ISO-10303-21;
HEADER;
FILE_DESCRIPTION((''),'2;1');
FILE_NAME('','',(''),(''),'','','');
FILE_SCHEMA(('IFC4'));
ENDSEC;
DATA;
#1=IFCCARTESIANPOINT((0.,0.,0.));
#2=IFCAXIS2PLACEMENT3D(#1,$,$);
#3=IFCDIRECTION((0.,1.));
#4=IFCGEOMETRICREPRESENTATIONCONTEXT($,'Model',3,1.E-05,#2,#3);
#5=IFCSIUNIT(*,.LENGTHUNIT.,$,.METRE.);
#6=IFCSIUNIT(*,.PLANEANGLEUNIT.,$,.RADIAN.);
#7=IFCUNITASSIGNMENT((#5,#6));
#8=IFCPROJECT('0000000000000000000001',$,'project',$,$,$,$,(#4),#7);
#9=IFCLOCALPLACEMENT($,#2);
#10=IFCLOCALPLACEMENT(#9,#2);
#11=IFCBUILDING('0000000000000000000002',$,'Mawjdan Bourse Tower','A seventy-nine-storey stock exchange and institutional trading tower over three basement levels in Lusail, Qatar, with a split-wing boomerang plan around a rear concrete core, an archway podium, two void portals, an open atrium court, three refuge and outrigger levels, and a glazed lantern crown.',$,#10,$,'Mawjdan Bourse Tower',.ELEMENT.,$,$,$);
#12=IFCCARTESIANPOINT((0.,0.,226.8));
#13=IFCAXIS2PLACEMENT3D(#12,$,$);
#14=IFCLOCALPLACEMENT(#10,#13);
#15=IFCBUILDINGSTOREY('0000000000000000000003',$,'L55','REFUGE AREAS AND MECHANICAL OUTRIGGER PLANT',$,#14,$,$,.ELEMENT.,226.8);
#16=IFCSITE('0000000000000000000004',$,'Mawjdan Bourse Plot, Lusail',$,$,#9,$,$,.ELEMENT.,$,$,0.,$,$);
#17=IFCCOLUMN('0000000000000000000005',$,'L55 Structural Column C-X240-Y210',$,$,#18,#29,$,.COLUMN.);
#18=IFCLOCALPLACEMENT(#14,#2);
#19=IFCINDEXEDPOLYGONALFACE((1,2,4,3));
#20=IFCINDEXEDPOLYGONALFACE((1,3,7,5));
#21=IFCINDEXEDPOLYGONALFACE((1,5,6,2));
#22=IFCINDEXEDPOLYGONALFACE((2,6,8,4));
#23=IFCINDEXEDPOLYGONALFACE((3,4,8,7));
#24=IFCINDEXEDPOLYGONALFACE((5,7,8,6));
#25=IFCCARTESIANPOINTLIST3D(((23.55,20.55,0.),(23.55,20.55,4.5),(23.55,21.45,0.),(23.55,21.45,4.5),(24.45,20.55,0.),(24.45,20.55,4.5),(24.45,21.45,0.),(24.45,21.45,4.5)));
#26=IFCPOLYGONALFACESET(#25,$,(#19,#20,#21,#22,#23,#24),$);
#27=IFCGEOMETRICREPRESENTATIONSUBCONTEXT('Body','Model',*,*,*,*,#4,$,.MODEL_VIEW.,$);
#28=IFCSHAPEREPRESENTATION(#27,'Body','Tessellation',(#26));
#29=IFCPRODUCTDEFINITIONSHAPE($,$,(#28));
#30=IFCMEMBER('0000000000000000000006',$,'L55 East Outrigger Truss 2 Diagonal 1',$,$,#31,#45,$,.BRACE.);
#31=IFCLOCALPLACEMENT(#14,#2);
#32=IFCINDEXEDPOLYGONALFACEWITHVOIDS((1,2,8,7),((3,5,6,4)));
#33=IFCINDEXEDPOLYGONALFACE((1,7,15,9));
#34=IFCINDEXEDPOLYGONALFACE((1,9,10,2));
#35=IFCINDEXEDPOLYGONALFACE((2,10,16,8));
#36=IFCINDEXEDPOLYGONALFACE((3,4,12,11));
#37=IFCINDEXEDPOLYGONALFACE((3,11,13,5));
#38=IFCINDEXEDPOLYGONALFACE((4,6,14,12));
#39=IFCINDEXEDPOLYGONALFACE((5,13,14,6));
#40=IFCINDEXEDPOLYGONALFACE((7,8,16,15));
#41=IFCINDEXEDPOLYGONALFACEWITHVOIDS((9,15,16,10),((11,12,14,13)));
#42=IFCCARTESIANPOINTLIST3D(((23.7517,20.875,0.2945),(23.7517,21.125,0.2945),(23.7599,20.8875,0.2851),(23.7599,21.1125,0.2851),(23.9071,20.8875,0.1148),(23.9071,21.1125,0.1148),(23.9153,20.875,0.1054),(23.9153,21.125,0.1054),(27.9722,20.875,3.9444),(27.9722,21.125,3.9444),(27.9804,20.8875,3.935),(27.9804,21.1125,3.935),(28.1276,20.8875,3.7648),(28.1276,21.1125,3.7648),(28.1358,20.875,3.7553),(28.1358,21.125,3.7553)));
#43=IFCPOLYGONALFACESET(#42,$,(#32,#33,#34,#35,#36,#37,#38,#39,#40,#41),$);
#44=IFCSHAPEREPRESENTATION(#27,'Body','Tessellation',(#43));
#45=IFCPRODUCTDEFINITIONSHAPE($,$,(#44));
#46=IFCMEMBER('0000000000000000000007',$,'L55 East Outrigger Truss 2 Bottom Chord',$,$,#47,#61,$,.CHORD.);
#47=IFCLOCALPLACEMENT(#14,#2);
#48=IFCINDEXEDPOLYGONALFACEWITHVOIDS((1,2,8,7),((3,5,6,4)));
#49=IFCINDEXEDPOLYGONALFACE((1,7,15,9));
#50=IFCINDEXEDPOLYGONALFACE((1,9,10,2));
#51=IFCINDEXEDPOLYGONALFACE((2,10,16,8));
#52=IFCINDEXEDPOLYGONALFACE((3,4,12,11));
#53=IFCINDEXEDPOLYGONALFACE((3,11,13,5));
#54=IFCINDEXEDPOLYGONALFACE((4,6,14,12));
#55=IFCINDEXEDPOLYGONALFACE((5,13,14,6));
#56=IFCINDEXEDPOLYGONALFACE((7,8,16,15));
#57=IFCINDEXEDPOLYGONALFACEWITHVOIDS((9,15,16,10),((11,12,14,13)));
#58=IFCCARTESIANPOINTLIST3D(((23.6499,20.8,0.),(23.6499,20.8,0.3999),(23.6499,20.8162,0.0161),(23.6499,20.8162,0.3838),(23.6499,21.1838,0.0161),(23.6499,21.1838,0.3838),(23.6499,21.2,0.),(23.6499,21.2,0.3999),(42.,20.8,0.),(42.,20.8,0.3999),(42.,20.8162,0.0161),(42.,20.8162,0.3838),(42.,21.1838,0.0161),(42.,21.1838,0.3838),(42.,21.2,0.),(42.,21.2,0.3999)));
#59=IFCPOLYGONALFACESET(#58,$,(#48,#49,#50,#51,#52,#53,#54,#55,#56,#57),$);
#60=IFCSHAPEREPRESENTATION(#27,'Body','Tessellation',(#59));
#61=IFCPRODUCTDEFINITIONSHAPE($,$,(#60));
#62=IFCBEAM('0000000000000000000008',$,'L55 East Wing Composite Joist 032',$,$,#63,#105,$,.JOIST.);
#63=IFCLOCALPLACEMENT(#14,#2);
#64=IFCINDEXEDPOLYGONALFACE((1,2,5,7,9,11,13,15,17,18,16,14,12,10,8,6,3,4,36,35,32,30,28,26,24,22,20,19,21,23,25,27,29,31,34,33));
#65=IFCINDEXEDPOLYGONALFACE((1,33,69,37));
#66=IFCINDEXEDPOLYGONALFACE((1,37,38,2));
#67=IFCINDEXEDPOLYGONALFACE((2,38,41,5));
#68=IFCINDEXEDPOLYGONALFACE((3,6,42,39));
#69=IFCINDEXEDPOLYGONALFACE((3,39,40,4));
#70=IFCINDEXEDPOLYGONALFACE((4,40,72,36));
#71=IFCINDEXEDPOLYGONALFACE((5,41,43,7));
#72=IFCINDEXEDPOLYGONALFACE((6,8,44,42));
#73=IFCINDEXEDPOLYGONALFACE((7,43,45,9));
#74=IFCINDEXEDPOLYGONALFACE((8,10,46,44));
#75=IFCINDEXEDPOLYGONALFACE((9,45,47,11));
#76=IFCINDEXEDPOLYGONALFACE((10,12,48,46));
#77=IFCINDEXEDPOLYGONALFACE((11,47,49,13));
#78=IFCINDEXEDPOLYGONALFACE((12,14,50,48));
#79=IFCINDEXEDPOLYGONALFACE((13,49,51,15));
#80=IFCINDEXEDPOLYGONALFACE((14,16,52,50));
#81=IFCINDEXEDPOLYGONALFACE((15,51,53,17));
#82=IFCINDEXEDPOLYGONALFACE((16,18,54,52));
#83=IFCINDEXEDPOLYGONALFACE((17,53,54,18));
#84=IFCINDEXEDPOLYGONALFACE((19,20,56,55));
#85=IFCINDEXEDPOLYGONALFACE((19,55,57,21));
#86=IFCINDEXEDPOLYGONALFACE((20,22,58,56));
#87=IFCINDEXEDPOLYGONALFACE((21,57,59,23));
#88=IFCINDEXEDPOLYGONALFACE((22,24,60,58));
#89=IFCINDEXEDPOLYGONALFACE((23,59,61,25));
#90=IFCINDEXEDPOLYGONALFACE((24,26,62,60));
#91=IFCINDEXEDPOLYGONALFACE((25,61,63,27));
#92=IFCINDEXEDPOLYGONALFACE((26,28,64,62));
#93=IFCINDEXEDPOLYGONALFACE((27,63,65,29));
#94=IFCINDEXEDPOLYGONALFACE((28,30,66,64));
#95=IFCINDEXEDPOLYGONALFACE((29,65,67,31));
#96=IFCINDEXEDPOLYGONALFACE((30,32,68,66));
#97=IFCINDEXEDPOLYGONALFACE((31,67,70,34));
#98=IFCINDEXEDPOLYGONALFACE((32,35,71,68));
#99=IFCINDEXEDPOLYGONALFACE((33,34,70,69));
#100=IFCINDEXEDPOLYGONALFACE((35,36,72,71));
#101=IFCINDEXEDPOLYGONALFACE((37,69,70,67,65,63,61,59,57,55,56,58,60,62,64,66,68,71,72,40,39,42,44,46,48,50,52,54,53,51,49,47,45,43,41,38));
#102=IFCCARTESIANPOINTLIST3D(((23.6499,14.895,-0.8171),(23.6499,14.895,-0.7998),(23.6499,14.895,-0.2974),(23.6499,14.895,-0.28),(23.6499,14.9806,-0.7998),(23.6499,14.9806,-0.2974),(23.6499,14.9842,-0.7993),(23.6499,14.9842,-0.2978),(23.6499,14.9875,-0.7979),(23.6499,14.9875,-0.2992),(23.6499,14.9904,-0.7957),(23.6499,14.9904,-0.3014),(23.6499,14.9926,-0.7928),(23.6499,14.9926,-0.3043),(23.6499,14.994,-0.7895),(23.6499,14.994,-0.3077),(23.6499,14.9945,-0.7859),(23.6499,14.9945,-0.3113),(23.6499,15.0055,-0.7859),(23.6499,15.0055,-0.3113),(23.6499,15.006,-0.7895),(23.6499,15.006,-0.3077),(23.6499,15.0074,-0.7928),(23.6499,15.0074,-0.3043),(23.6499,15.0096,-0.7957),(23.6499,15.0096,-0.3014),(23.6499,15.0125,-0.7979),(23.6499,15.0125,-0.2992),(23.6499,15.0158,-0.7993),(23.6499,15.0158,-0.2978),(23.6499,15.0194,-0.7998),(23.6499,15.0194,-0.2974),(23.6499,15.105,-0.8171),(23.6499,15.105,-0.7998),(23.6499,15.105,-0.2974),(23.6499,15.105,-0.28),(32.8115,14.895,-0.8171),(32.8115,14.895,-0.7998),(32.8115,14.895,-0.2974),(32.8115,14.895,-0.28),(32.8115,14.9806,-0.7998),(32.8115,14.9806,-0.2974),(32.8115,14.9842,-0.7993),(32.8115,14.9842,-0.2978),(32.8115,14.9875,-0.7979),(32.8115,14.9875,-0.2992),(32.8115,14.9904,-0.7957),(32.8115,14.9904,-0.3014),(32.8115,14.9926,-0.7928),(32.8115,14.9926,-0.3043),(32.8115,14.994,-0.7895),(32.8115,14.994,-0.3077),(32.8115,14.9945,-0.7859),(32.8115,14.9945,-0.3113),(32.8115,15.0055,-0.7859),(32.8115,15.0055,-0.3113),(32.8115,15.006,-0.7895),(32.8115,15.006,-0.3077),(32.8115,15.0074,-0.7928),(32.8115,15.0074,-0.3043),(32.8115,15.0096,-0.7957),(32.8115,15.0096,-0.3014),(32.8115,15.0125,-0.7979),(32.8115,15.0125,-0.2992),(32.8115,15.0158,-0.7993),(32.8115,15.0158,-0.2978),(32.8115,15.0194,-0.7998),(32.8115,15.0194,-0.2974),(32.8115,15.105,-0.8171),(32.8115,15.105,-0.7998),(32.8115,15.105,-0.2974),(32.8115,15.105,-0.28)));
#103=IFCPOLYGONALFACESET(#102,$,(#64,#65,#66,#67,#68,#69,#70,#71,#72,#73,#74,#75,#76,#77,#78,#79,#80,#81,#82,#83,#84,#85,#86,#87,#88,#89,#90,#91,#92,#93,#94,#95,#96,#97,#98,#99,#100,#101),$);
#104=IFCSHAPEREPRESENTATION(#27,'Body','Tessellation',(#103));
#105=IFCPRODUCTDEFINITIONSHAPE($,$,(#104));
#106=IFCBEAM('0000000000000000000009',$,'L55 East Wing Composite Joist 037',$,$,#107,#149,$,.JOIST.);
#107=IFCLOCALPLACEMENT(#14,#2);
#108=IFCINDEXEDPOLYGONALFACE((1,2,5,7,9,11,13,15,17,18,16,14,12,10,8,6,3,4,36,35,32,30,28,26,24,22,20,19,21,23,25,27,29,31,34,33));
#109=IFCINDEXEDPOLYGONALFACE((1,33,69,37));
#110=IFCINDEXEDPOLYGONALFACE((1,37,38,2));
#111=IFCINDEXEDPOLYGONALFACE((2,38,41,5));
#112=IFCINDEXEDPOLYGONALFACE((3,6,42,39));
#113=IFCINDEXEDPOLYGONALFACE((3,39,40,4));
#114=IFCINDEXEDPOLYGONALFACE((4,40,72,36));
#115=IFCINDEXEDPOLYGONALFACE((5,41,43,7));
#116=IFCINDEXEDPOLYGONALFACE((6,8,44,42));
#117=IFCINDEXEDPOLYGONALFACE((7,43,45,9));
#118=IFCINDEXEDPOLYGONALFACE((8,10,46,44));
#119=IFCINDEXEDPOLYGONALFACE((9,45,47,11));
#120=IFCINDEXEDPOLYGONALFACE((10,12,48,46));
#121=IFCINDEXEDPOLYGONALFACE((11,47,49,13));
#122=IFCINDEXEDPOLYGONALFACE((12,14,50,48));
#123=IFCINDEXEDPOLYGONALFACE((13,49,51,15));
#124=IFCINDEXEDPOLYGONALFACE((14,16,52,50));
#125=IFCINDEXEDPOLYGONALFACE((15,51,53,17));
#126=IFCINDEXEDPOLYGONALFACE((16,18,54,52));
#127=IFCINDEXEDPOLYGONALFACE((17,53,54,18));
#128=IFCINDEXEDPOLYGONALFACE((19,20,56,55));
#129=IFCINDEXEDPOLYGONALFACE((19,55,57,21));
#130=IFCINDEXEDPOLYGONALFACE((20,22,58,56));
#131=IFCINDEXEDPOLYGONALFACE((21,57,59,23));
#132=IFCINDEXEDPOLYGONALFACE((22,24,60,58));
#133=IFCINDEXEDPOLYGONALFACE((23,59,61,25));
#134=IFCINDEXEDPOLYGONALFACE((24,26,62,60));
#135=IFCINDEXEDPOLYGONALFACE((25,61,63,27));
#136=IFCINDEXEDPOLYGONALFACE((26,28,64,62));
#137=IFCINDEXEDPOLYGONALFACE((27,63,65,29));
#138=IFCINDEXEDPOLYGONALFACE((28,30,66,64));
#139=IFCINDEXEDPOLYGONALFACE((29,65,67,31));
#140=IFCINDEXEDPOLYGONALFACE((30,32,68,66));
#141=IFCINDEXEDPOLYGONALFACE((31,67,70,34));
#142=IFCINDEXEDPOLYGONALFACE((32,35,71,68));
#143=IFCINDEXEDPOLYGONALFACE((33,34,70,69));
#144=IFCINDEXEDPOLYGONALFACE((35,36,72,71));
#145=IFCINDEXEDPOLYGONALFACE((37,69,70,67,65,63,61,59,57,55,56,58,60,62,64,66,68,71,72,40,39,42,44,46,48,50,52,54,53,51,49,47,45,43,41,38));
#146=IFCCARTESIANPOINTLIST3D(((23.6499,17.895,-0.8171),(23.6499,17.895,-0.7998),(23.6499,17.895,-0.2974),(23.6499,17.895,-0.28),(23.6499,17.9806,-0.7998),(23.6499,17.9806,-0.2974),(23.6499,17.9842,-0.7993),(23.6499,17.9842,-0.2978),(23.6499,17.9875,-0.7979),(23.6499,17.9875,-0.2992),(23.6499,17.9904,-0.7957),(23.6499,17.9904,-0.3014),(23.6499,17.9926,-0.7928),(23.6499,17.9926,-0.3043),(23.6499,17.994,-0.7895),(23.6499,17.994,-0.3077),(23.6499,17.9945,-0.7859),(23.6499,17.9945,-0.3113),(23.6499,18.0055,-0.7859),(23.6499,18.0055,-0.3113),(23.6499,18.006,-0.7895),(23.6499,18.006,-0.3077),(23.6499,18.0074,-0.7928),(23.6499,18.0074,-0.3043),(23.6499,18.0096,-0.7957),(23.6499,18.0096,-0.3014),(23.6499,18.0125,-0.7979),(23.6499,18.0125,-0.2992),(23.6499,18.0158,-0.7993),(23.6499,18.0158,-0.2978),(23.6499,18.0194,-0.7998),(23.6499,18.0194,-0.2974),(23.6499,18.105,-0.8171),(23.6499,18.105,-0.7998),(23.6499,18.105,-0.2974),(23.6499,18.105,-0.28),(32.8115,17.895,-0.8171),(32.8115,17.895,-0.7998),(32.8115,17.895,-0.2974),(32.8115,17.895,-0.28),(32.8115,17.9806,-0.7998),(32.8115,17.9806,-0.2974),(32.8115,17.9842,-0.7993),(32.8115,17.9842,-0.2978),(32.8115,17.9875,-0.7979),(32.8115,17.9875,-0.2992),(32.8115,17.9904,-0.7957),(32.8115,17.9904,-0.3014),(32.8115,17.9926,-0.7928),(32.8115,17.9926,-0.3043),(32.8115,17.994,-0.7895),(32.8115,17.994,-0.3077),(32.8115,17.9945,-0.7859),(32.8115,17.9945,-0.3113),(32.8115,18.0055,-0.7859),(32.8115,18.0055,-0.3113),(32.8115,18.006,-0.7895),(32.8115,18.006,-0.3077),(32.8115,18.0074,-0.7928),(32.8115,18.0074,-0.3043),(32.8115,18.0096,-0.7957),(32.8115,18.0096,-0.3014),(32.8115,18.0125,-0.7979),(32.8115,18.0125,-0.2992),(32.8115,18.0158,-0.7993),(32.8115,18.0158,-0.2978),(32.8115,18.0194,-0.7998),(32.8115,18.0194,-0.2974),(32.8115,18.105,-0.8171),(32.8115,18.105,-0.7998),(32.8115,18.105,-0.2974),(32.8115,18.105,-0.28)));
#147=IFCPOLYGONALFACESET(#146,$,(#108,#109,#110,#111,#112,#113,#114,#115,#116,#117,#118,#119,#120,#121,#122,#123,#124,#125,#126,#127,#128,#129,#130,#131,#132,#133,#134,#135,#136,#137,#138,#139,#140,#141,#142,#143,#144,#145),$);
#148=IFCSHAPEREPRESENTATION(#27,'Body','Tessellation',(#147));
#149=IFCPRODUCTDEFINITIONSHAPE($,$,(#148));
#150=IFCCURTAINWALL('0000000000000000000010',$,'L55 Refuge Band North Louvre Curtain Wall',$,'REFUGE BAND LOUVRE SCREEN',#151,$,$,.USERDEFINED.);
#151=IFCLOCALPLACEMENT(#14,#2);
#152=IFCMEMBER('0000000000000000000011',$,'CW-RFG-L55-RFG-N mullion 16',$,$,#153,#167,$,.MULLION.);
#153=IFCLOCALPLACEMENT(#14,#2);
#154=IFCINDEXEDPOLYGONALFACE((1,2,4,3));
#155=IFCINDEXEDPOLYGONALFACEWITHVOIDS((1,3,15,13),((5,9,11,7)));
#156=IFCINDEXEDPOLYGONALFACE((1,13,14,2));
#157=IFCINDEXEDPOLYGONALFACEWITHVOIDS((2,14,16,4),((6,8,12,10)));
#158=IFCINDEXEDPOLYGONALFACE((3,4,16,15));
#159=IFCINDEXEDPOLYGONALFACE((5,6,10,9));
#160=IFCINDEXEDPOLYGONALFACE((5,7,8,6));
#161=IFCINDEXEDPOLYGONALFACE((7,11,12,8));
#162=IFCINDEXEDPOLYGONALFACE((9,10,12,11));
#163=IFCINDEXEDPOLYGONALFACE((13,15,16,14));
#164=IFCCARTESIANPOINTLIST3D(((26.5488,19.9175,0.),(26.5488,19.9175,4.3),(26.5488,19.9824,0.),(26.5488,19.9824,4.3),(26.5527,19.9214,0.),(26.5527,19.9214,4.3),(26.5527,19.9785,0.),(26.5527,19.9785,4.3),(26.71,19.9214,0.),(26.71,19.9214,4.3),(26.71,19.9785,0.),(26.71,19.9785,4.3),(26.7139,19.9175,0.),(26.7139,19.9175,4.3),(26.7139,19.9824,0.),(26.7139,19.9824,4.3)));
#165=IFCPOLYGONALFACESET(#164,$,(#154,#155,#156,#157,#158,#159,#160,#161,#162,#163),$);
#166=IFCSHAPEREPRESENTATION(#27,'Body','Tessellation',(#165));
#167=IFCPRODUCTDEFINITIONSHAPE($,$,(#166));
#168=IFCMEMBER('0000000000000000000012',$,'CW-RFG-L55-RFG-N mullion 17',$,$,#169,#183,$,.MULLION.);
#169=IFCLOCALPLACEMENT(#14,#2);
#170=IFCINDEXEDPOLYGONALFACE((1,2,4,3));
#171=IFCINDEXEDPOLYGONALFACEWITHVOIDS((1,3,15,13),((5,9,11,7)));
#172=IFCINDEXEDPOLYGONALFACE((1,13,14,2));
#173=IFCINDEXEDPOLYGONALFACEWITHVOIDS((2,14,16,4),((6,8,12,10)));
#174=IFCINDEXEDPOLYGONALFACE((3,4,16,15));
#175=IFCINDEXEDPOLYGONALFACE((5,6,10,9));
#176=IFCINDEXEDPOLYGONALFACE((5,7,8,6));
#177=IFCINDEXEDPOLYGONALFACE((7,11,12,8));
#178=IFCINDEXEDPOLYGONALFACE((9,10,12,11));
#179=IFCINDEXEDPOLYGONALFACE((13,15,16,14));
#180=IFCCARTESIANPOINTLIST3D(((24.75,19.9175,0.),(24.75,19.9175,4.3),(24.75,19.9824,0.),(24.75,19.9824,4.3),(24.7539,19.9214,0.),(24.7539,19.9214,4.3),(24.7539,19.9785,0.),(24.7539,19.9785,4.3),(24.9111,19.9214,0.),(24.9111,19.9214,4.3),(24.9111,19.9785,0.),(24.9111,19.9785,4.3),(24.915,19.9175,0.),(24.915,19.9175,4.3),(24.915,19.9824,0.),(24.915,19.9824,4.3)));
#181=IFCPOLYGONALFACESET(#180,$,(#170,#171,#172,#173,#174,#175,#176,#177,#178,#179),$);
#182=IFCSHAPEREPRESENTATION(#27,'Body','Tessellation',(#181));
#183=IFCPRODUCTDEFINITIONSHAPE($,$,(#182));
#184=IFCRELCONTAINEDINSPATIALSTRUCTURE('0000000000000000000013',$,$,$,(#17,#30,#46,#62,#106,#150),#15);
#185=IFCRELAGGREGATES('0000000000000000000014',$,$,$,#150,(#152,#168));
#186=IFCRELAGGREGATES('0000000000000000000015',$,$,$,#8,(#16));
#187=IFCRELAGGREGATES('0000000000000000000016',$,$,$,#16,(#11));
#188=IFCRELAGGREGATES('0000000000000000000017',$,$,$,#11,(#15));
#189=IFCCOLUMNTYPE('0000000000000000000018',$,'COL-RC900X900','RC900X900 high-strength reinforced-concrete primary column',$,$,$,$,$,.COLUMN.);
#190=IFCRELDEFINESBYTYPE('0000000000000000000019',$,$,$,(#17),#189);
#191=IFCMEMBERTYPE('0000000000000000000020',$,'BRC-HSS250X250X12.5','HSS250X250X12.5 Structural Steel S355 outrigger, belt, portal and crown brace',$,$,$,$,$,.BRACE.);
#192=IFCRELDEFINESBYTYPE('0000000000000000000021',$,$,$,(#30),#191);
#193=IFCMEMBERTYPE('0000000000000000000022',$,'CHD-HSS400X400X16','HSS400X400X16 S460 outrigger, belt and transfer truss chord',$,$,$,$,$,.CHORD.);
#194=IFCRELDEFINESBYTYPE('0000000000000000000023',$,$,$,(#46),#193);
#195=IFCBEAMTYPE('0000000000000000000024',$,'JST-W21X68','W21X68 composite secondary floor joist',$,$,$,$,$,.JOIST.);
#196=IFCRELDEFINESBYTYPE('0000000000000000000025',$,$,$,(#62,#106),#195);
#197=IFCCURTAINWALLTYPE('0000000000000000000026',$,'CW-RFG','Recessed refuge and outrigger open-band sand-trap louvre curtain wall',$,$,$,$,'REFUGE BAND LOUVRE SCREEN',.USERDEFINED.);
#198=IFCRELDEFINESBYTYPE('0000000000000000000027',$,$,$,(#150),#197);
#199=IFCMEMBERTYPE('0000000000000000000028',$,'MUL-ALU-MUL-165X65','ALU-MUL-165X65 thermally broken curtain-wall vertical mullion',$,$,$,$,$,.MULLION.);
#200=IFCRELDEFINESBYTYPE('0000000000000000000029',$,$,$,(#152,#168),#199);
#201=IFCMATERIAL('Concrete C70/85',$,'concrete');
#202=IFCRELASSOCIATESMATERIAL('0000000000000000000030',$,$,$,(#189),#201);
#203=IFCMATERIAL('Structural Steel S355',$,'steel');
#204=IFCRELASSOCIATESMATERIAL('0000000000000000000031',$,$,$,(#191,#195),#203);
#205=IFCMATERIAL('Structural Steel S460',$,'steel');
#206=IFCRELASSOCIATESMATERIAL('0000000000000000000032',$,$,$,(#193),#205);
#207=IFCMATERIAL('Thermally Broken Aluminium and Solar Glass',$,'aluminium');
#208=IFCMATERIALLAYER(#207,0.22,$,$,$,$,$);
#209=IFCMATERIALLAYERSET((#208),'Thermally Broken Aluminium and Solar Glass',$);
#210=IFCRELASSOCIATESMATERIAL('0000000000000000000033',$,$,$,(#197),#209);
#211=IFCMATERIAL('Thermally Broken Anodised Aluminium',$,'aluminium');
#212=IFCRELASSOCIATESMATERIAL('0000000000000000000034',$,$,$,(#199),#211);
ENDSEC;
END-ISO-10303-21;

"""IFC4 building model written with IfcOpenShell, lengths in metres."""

from ifc_helpers import new_model, si_unit, direction, frame, origin, origin_2d, place, context, subcontext, project, spatial, rectangle, hollow_rectangle, i_section, extrude, material, layer, layer_set, material_profile, profile_set, type_object, element, aggregate, save


model = new_model("IFC4")

# Units and contexts
model_context = context("Model", 3, precision=1e-05, world=origin(), true_north=direction((0.0, 1.0)))
body_context = subcontext(model_context, "Body", "Model", "MODEL_VIEW")
ifc_project = project(units=[si_unit("LENGTHUNIT", "METRE"), si_unit("PLANEANGLEUNIT", "RADIAN")], contexts=[model_context])

# Site, building, storey
site_placement = place(None, origin())
site = spatial("IfcSite", under=ifc_project, at=site_placement, Name="Mawjdan Bourse Plot, Lusail", CompositionType="ELEMENT", RefElevation=0.0)
building_placement = place(site_placement, origin())
building = spatial("IfcBuilding", under=site, at=building_placement, Name="Mawjdan Bourse Tower", Description="A seventy-nine-storey stock exchange and institutional trading tower over three basement levels in Lusail, Qatar, with a split-wing boomerang plan around a rear concrete core, an archway podium, two void portals, an open atrium court, three refuge and outrigger levels, and a glazed lantern crown.", LongName="Mawjdan Bourse Tower", CompositionType="ELEMENT")
storey_placement = place(building_placement, frame((0.0, 0.0, 226.8)))
storey = spatial("IfcBuildingStorey", under=building, at=storey_placement, Name="L55", Description="REFUGE AREAS AND MECHANICAL OUTRIGGER PLANT", CompositionType="ELEMENT", Elevation=226.8)

# Column
ifc_material_1 = material(Name="Concrete C70/85", Category="concrete")
ifc_material_profile_1 = material_profile(ifc_material_1, rectangle(XDim=0.8999, YDim=0.8999, at=origin_2d()), Name="RC900X900")
ifc_profile_set_1 = profile_set([ifc_material_profile_1], Name="Concrete C70/85")
column_type = type_object("IfcColumnType", Name="COL-RC900X900", Description="RC900X900 high-strength reinforced-concrete primary column", PredefinedType="COLUMN", material=ifc_profile_set_1)
column_placement = place(storey_placement, frame((24.0, 21.0, 0.0), z_axis=(0.0, 0.0, 1.0), x_axis=(1.0, 0.0, 0.0)))
element("IfcColumn", 1, at=column_placement, inside=storey, type_object=column_type, Name="L55 Structural Column C-X240-Y210", PredefinedType="COLUMN", context=body_context, shape_type="SweptSolid", body=[
    extrude(rectangle(XDim=0.8999, YDim=0.8999, at=origin_2d()), origin(), (0.0, 0.0, 1.0), 4.5),
])

# Members
ifc_material_2 = material(Name="Structural Steel S355", Category="steel")
ifc_material_profile_2 = material_profile(ifc_material_2, hollow_rectangle(XDim=0.25, YDim=0.25, WallThickness=0.0125, at=origin_2d()), Name="HSS250X250X12.5")
ifc_profile_set_2 = profile_set([ifc_material_profile_2], Name="Structural Steel S355")
member_type_1 = type_object("IfcMemberType", Name="BRC-HSS250X250X12.5", Description="HSS250X250X12.5 Structural Steel S355 outrigger, belt, portal and crown brace", PredefinedType="BRACE", material=ifc_profile_set_2)
member_1_placement = place(storey_placement, frame((23.8335, 21.0, 0.2), z_axis=(0.756383, 0.0, 0.654129), x_axis=(0.0, 1.0, 0.0)))
element("IfcMember", 2, at=member_1_placement, inside=storey, type_object=member_type_1, Name="L55 East Outrigger Truss 2 Diagonal 1", PredefinedType="BRACE", context=body_context, shape_type="SweptSolid", body=[
    extrude(hollow_rectangle(XDim=0.25, YDim=0.25, WallThickness=0.0125, at=origin_2d()), origin(), (0.0, 0.0, 1.0), 5.5798),
])
ifc_material_3 = material(Name="Structural Steel S460", Category="steel")
ifc_material_profile_3 = material_profile(ifc_material_3, hollow_rectangle(XDim=0.3999, YDim=0.3999, WallThickness=0.0161, at=origin_2d()), Name="HSS400X400X16")
ifc_profile_set_3 = profile_set([ifc_material_profile_3], Name="Structural Steel S460")
member_type_2 = type_object("IfcMemberType", Name="CHD-HSS400X400X16", Description="HSS400X400X16 S460 outrigger, belt and transfer truss chord", PredefinedType="CHORD", material=ifc_profile_set_3)
member_2_placement = place(storey_placement, frame((23.6499, 21.0, 0.2), z_axis=(1.0, 0.0, 0.0), x_axis=(0.0, 1.0, 0.0)))
element("IfcMember", 3, at=member_2_placement, inside=storey, type_object=member_type_2, Name="L55 East Outrigger Truss 2 Bottom Chord", PredefinedType="CHORD", context=body_context, shape_type="SweptSolid", body=[
    extrude(hollow_rectangle(XDim=0.3999, YDim=0.3999, WallThickness=0.0161, at=origin_2d()), origin(), (0.0, 0.0, 1.0), 18.3501),
])

# Beams
ifc_material_profile_4 = material_profile(ifc_material_2, i_section(OverallWidth=0.21, OverallDepth=0.5371, WebThickness=0.011, FlangeThickness=0.0173, FilletRadius=0.0139, at=origin_2d()), Name="W21X68")
ifc_profile_set_4 = profile_set([ifc_material_profile_4], Name="Structural Steel S355")
beam_type = type_object("IfcBeamType", Name="JST-W21X68", Description="W21X68 composite secondary floor joist", PredefinedType="JOIST", material=ifc_profile_set_4)
for number, where, z_axis, x_axis, name in (
    (4, (23.6499, 15.0, -0.5486), (1.0, 0.0, 0.0), (0.0, 1.0, 0.0), "L55 East Wing Composite Joist 032"),
    (5, (23.6499, 18.0, -0.5486), (1.0, 0.0, 0.0), (0.0, 1.0, 0.0), "L55 East Wing Composite Joist 037"),
):
    element("IfcBeam", number, at=place(storey_placement, frame(where, z_axis=z_axis, x_axis=x_axis)), inside=storey, type_object=beam_type, Name=name, PredefinedType="JOIST", context=body_context, shape_type="SweptSolid", body=[
        extrude(i_section(OverallWidth=0.21, OverallDepth=0.5371, WebThickness=0.011, FlangeThickness=0.0173, FilletRadius=0.0139, at=origin_2d()), origin(), (0.0, 0.0, 1.0), 9.1616),
    ])

# Curtain wall, members
ifc_material_4 = material(Name="Thermally Broken Aluminium and Solar Glass", Category="aluminium")
ifc_layer_1 = layer(ifc_material_4, 0.22)
ifc_layer_set_1 = layer_set([ifc_layer_1], Name="Thermally Broken Aluminium and Solar Glass")
curtain_wall_type = type_object("IfcCurtainWallType", Name="CW-RFG", Description="Recessed refuge and outrigger open-band sand-trap louvre curtain wall", ElementType="REFUGE BAND LOUVRE SCREEN", PredefinedType="USERDEFINED", material=ifc_layer_set_1)
curtain_wall_placement = place(storey_placement, origin())
curtain_wall = element("IfcCurtainWall", 6, at=curtain_wall_placement, inside=storey, type_object=curtain_wall_type, Name="L55 Refuge Band North Louvre Curtain Wall", ObjectType="REFUGE BAND LOUVRE SCREEN", PredefinedType="USERDEFINED")
ifc_material_5 = material(Name="Thermally Broken Anodised Aluminium", Category="aluminium")
ifc_material_profile_5 = material_profile(ifc_material_5, hollow_rectangle(XDim=0.0649, YDim=0.165, WallThickness=0.0039, at=origin_2d()), Name="ALU-MUL-165X65")
ifc_profile_set_5 = profile_set([ifc_material_profile_5], Name="Thermally Broken Anodised Aluminium")
member_type_3 = type_object("IfcMemberType", Name="MUL-ALU-MUL-165X65", Description="ALU-MUL-165X65 thermally broken curtain-wall vertical mullion", PredefinedType="MULLION", material=ifc_profile_set_5)
member_3_placement = place(storey_placement, frame((26.6313, 19.95, 0.0), z_axis=(0.0, 0.0, 1.0), x_axis=(0.0, -1.0, 0.0)))
member_3 = element("IfcMember", 7, at=member_3_placement, type_object=member_type_3, Name="CW-RFG-L55-RFG-N mullion 16", PredefinedType="MULLION", context=body_context, shape_type="SweptSolid", body=[
    extrude(hollow_rectangle(XDim=0.0649, YDim=0.165, WallThickness=0.0039, at=origin_2d()), origin(), (0.0, 0.0, 1.0), 4.3),
])
member_4_placement = place(storey_placement, frame((24.8325, 19.95, 0.0), z_axis=(0.0, 0.0, 1.0), x_axis=(0.0, -1.0, 0.0)))
member_4 = element("IfcMember", 8, at=member_4_placement, type_object=member_type_3, Name="CW-RFG-L55-RFG-N mullion 17", PredefinedType="MULLION", context=body_context, shape_type="SweptSolid", body=[
    extrude(hollow_rectangle(XDim=0.0649, YDim=0.165, WallThickness=0.0039, at=origin_2d()), origin(), (0.0, 0.0, 1.0), 4.3),
])
aggregate(curtain_wall, [member_3, member_4])

save(model, "model.ifc")
